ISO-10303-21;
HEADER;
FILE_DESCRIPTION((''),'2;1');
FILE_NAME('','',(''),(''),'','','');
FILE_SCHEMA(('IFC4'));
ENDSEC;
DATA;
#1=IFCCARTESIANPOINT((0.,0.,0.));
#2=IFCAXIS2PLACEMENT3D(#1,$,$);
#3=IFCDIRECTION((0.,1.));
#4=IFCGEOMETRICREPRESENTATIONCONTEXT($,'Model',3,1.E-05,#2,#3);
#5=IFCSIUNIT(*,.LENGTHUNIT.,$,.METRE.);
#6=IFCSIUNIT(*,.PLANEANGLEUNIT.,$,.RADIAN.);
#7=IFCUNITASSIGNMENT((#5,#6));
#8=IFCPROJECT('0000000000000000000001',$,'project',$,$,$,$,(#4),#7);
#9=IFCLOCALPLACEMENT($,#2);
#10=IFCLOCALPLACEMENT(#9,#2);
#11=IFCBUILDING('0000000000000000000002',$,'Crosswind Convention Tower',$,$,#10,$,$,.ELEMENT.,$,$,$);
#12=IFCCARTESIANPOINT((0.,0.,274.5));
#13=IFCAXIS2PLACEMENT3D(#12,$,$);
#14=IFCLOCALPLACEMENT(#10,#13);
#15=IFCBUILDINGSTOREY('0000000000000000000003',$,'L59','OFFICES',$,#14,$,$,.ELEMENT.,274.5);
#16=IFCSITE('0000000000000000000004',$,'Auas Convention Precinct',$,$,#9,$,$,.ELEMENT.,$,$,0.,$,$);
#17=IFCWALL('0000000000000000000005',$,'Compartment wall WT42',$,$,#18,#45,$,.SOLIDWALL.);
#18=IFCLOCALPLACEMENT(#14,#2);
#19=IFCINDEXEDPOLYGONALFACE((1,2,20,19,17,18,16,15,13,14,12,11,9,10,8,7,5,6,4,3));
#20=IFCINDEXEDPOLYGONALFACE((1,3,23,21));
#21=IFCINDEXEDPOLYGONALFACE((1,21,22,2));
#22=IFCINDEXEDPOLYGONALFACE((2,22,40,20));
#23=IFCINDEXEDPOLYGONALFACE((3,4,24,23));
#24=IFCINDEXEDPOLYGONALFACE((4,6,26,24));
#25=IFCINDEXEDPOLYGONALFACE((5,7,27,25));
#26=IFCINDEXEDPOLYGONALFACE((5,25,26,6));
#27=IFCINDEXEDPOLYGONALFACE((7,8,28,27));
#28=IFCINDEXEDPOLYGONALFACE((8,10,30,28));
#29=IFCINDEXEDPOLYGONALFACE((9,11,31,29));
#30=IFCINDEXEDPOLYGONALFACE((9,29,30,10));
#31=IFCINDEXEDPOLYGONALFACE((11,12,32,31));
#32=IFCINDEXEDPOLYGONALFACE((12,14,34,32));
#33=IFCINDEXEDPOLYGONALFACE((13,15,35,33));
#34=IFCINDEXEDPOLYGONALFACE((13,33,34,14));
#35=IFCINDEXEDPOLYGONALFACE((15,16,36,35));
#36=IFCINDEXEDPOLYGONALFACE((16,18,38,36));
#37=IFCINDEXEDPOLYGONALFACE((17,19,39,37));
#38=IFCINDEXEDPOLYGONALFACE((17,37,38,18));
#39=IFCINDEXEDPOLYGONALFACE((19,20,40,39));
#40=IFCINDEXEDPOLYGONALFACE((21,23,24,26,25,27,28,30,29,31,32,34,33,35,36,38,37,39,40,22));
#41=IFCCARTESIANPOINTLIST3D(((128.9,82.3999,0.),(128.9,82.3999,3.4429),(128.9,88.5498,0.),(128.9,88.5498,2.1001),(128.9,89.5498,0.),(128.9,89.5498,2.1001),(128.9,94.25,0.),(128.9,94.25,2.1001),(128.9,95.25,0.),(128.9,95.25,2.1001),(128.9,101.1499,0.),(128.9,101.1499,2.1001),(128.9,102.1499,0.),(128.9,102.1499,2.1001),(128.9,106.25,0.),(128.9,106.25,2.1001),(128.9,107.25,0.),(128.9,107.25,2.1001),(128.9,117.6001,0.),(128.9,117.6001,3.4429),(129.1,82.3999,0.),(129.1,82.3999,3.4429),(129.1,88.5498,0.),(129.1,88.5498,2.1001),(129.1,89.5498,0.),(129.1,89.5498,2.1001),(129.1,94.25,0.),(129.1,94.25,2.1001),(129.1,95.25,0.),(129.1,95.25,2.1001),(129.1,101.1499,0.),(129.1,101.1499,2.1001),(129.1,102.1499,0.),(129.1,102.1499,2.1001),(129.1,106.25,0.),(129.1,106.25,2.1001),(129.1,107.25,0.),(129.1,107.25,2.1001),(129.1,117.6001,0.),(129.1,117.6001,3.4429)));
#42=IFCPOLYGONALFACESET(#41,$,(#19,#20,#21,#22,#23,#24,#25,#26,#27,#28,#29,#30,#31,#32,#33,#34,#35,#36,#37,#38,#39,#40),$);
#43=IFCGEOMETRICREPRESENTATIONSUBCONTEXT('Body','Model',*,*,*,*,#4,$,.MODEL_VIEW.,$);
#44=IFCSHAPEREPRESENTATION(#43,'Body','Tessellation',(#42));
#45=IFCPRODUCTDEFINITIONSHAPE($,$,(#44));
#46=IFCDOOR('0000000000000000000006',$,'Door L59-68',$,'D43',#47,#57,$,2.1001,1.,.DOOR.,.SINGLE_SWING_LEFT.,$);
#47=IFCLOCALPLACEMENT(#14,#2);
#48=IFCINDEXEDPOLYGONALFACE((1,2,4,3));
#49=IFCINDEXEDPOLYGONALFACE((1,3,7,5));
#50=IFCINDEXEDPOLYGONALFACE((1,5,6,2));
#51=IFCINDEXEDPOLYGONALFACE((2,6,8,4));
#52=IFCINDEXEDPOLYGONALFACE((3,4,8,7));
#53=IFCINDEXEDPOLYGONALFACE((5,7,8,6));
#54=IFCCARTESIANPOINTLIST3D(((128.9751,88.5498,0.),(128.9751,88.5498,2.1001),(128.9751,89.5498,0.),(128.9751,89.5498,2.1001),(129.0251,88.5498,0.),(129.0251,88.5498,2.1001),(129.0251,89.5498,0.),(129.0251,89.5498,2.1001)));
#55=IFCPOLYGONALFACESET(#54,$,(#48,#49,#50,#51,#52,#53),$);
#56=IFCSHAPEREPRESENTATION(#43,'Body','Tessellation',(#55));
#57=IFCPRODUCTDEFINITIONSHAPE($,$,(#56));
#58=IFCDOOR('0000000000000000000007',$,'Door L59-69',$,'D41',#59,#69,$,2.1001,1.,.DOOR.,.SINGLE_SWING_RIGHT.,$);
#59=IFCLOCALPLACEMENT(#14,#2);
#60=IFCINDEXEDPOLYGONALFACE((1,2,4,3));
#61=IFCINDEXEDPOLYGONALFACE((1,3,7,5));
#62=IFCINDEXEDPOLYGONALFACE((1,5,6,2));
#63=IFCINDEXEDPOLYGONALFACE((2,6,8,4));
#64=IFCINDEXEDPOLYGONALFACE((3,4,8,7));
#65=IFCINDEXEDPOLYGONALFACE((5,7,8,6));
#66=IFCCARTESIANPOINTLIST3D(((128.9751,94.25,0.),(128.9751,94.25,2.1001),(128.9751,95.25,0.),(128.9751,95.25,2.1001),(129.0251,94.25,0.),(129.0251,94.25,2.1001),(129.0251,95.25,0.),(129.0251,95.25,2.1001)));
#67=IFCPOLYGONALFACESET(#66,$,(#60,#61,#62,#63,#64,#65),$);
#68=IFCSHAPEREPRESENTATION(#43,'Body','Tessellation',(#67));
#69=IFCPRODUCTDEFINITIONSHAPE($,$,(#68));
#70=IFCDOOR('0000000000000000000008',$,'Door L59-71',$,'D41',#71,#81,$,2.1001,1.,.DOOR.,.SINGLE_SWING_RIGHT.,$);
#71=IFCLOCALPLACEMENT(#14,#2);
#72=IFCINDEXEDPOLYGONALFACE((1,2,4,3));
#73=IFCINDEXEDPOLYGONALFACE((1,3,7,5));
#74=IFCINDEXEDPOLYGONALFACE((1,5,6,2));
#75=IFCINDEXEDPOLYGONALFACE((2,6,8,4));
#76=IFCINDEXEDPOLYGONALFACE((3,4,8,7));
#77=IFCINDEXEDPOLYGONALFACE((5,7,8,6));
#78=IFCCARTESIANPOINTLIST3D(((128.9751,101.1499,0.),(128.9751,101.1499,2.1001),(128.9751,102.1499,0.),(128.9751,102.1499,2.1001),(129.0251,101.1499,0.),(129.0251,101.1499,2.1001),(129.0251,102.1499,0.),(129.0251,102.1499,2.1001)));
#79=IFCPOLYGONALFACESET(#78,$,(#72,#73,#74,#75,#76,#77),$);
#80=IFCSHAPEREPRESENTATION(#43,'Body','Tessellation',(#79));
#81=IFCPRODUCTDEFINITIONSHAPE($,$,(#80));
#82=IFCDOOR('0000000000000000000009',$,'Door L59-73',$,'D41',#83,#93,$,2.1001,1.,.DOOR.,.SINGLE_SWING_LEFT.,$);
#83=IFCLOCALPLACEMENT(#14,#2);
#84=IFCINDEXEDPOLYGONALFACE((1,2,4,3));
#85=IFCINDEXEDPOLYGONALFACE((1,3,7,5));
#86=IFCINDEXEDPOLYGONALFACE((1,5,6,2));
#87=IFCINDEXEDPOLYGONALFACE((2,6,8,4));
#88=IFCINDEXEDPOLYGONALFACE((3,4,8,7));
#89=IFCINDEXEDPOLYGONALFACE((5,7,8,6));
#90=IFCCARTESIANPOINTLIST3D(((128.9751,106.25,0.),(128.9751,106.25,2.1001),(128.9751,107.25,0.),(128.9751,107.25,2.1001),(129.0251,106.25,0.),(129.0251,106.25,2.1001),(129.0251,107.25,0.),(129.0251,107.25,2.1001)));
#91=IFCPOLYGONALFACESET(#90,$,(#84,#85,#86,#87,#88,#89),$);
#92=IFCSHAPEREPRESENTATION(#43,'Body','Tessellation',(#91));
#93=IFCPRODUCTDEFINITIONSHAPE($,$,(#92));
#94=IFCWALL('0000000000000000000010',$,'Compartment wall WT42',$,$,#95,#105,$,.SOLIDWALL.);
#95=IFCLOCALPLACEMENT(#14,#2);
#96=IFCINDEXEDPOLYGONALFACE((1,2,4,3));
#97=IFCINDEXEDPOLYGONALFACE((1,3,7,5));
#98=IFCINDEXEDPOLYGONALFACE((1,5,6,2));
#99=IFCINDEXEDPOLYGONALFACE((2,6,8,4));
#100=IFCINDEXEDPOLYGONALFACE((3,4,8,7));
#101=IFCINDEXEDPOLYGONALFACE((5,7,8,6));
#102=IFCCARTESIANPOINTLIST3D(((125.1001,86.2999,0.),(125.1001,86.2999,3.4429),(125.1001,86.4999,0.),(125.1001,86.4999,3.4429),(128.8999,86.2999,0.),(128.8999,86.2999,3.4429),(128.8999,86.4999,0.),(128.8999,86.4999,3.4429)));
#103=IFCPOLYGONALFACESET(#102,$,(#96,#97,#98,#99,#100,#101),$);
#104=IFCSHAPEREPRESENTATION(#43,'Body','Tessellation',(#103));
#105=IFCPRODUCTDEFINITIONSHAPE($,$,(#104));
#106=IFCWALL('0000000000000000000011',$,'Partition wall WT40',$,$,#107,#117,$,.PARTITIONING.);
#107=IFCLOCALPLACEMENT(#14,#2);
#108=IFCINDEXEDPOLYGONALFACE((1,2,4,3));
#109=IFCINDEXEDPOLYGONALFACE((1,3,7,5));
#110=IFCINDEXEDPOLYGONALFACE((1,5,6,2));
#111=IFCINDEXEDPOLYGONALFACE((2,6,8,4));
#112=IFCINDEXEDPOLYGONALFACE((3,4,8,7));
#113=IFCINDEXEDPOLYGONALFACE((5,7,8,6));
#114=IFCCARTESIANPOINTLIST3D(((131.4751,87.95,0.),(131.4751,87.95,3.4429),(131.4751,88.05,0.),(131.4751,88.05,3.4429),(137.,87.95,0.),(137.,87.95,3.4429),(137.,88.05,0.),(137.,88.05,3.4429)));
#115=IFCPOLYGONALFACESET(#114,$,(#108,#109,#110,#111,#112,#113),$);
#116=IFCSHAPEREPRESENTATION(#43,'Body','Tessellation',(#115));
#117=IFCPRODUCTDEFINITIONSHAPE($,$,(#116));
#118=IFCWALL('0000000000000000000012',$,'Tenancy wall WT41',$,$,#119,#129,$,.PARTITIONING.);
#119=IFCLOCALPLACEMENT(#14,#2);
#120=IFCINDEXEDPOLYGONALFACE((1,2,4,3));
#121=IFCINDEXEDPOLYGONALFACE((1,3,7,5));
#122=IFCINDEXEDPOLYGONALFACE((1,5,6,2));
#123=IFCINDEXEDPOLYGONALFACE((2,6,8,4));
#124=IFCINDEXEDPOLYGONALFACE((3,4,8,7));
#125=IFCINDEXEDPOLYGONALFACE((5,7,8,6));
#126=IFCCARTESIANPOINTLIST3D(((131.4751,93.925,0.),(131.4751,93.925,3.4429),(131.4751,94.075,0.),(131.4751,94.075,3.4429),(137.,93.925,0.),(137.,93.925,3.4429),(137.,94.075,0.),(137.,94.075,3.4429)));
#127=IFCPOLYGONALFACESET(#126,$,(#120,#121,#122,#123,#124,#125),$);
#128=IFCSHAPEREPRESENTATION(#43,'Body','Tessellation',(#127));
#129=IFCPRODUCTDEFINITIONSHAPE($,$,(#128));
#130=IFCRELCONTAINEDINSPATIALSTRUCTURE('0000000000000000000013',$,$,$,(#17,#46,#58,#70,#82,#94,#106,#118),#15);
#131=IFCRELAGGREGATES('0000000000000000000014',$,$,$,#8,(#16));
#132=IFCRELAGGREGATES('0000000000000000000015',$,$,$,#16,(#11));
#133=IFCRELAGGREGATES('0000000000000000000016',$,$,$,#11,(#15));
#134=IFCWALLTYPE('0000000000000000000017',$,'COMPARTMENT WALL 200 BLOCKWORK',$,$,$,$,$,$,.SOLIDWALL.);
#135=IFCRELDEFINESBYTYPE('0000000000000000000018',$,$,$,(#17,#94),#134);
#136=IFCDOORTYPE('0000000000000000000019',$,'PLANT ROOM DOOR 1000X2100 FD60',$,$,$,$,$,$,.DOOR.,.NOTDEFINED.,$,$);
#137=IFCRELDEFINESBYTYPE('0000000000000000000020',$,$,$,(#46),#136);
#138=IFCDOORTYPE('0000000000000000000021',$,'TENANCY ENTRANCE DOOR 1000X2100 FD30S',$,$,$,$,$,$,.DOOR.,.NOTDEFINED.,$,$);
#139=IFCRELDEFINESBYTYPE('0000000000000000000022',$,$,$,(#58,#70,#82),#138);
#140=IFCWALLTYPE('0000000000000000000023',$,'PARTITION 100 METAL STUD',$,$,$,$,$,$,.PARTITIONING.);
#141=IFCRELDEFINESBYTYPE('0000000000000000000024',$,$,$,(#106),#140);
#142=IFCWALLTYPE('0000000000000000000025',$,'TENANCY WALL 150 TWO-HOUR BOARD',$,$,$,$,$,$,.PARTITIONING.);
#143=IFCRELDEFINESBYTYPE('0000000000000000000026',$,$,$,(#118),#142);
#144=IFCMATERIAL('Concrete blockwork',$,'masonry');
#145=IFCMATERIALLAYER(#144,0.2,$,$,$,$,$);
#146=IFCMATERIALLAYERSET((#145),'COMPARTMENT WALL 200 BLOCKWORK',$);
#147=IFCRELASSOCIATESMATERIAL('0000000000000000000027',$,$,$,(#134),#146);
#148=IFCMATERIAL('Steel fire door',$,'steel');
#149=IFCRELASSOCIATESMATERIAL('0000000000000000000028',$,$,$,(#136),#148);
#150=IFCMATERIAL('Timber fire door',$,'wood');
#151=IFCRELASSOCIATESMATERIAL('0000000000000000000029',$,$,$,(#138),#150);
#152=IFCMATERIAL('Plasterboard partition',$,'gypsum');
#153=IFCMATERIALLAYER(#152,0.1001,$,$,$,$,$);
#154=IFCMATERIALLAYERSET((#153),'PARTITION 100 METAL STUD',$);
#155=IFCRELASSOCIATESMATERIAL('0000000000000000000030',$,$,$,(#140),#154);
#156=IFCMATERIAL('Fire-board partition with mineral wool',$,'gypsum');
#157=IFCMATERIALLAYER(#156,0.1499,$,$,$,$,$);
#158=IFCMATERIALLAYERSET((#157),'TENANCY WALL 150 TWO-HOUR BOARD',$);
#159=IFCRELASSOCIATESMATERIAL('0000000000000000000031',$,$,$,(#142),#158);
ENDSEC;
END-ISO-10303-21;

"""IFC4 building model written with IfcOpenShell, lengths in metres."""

from ifc_helpers import new_model, si_unit, direction, frame, frame_2d, origin, place, context, subcontext, project, spatial, rectangle, extrude, material, layer, layer_set, type_object, element, fill, save


model = new_model("IFC4")

# Units and contexts
model_context = context("Model", 3, precision=1e-05, world=origin(), true_north=direction((0.0, 1.0)))
body_context = subcontext(model_context, "Body", "Model", "MODEL_VIEW")
ifc_project = project(units=[si_unit("LENGTHUNIT", "METRE"), si_unit("PLANEANGLEUNIT", "RADIAN")], contexts=[model_context])

# Site, building, storey
site_placement = place(None, origin())
site = spatial("IfcSite", under=ifc_project, at=site_placement, Name="Auas Convention Precinct", CompositionType="ELEMENT", RefElevation=0.0)
building_placement = place(site_placement, origin())
building = spatial("IfcBuilding", under=site, at=building_placement, Name="Crosswind Convention Tower", CompositionType="ELEMENT")
storey_placement = place(building_placement, frame((0.0, 0.0, 274.5)))
storey = spatial("IfcBuildingStorey", under=building, at=storey_placement, Name="L59", Description="OFFICES", CompositionType="ELEMENT", Elevation=274.5)

# Shared definitions
ifc_material_1 = material(Name="Concrete blockwork", Category="masonry")
ifc_layer_1 = layer(ifc_material_1, 0.2)
ifc_layer_set_1 = layer_set([ifc_layer_1], Name="COMPARTMENT WALL 200 BLOCKWORK")
wall_type_1 = type_object("IfcWallType", Name="COMPARTMENT WALL 200 BLOCKWORK", PredefinedType="SOLIDWALL", material=ifc_layer_set_1)

# Wall, openings, doors
wall_1_placement = place(storey_placement, frame((129.0, 82.3999, 0.0), z_axis=(0.0, 0.0, 1.0), x_axis=(0.0, 1.0, 0.0)))
wall_1 = element("IfcWall", 1, at=wall_1_placement, inside=storey, type_object=wall_type_1, Name="Compartment wall WT42", PredefinedType="SOLIDWALL", context=body_context, shape_type="SweptSolid", body=[
    extrude(rectangle(XDim=35.2002, YDim=0.2, at=frame_2d((17.6001, 0.0))), origin(), (0.0, 0.0, 1.0), 3.4429),
])
opening_1_placement = place(wall_1_placement, frame((6.1499, 0.0, 0.0)))
opening_1 = element("IfcOpeningElement", 2, at=opening_1_placement, cuts=wall_1, PredefinedType="OPENING", context=body_context, shape_type="SweptSolid", body=[
    extrude(rectangle(XDim=1.0, YDim=2.1001, at=frame_2d((0.5, 1.05))), frame((0.0, 0.1099, 0.0), z_axis=(0.0, -1.0, 0.0), x_axis=(1.0, 0.0, 0.0)), (0.0, 0.0, 1.0), 0.22),
])
opening_2_placement = place(wall_1_placement, frame((11.8501, 0.0, 0.0)))
opening_2 = element("IfcOpeningElement", 3, at=opening_2_placement, cuts=wall_1, PredefinedType="OPENING", context=body_context, shape_type="SweptSolid", body=[
    extrude(rectangle(XDim=1.0, YDim=2.1001, at=frame_2d((0.5, 1.05))), frame((0.0, 0.1099, 0.0), z_axis=(0.0, -1.0, 0.0), x_axis=(1.0, 0.0, 0.0)), (0.0, 0.0, 1.0), 0.22),
])
opening_3_placement = place(wall_1_placement, frame((18.75, 0.0, 0.0)))
opening_3 = element("IfcOpeningElement", 4, at=opening_3_placement, cuts=wall_1, PredefinedType="OPENING", context=body_context, shape_type="SweptSolid", body=[
    extrude(rectangle(XDim=1.0, YDim=2.1001, at=frame_2d((0.5, 1.05))), frame((0.0, 0.1099, 0.0), z_axis=(0.0, -1.0, 0.0), x_axis=(1.0, 0.0, 0.0)), (0.0, 0.0, 1.0), 0.22),
])
opening_4_placement = place(wall_1_placement, frame((23.8501, 0.0, 0.0)))
opening_4 = element("IfcOpeningElement", 5, at=opening_4_placement, cuts=wall_1, PredefinedType="OPENING", context=body_context, shape_type="SweptSolid", body=[
    extrude(rectangle(XDim=1.0, YDim=2.1001, at=frame_2d((0.5, 1.05))), frame((0.0, 0.1099, 0.0), z_axis=(0.0, -1.0, 0.0), x_axis=(1.0, 0.0, 0.0)), (0.0, 0.0, 1.0), 0.22),
])
ifc_material_2 = material(Name="Steel fire door", Category="steel")
door_type_1 = type_object("IfcDoorType", Name="PLANT ROOM DOOR 1000X2100 FD60", OperationType="NOTDEFINED", PredefinedType="DOOR", material=ifc_material_2)
door_1_placement = place(opening_1_placement, origin())
door_1 = element("IfcDoor", 6, at=door_1_placement, inside=storey, type_object=door_type_1, Name="Door L59-68", ObjectType="D43", OperationType="SINGLE_SWING_LEFT", OverallHeight=2.1001, OverallWidth=1.0, PredefinedType="DOOR", context=body_context, shape_type="SweptSolid", body=[
    extrude(rectangle(XDim=1.0, YDim=2.1001, at=frame_2d((0.5, 1.05))), frame((0.0, 0.0249, 0.0), z_axis=(0.0, -1.0, 0.0), x_axis=(1.0, 0.0, 0.0)), (0.0, 0.0, 1.0), 0.05),
])
fill(opening_1, door_1)
ifc_material_3 = material(Name="Timber fire door", Category="wood")
door_type_2 = type_object("IfcDoorType", Name="TENANCY ENTRANCE DOOR 1000X2100 FD30S", OperationType="NOTDEFINED", PredefinedType="DOOR", material=ifc_material_3)
door_2_placement = place(opening_2_placement, origin())
door_2 = element("IfcDoor", 7, at=door_2_placement, inside=storey, type_object=door_type_2, Name="Door L59-69", ObjectType="D41", OperationType="SINGLE_SWING_RIGHT", OverallHeight=2.1001, OverallWidth=1.0, PredefinedType="DOOR", context=body_context, shape_type="SweptSolid", body=[
    extrude(rectangle(XDim=1.0, YDim=2.1001, at=frame_2d((0.5, 1.05))), frame((0.0, 0.0249, 0.0), z_axis=(0.0, -1.0, 0.0), x_axis=(1.0, 0.0, 0.0)), (0.0, 0.0, 1.0), 0.05),
])
fill(opening_2, door_2)
door_3_placement = place(opening_3_placement, origin())
door_3 = element("IfcDoor", 8, at=door_3_placement, inside=storey, type_object=door_type_2, Name="Door L59-71", ObjectType="D41", OperationType="SINGLE_SWING_RIGHT", OverallHeight=2.1001, OverallWidth=1.0, PredefinedType="DOOR", context=body_context, shape_type="SweptSolid", body=[
    extrude(rectangle(XDim=1.0, YDim=2.1001, at=frame_2d((0.5, 1.05))), frame((0.0, 0.0249, 0.0), z_axis=(0.0, -1.0, 0.0), x_axis=(1.0, 0.0, 0.0)), (0.0, 0.0, 1.0), 0.05),
])
fill(opening_3, door_3)
door_4_placement = place(opening_4_placement, origin())
door_4 = element("IfcDoor", 9, at=door_4_placement, inside=storey, type_object=door_type_2, Name="Door L59-73", ObjectType="D41", OperationType="SINGLE_SWING_LEFT", OverallHeight=2.1001, OverallWidth=1.0, PredefinedType="DOOR", context=body_context, shape_type="SweptSolid", body=[
    extrude(rectangle(XDim=1.0, YDim=2.1001, at=frame_2d((0.5, 1.05))), frame((0.0, 0.0249, 0.0), z_axis=(0.0, -1.0, 0.0), x_axis=(1.0, 0.0, 0.0)), (0.0, 0.0, 1.0), 0.05),
])
fill(opening_4, door_4)

# Walls
wall_2_placement = place(storey_placement, frame((125.1001, 86.3999, 0.0), z_axis=(0.0, 0.0, 1.0), x_axis=(1.0, 0.0, 0.0)))
element("IfcWall", 10, at=wall_2_placement, inside=storey, type_object=wall_type_1, Name="Compartment wall WT42", PredefinedType="SOLIDWALL", context=body_context, shape_type="SweptSolid", body=[
    extrude(rectangle(XDim=3.7998, YDim=0.2, at=frame_2d((1.8999, 0.0))), origin(), (0.0, 0.0, 1.0), 3.4429),
])
ifc_material_4 = material(Name="Plasterboard partition", Category="gypsum")
ifc_layer_2 = layer(ifc_material_4, 0.1001)
ifc_layer_set_2 = layer_set([ifc_layer_2], Name="PARTITION 100 METAL STUD")
wall_type_2 = type_object("IfcWallType", Name="PARTITION 100 METAL STUD", PredefinedType="PARTITIONING", material=ifc_layer_set_2)
wall_3_placement = place(storey_placement, frame((131.4751, 88.0, 0.0), z_axis=(0.0, 0.0, 1.0), x_axis=(1.0, 0.0, 0.0)))
element("IfcWall", 11, at=wall_3_placement, inside=storey, type_object=wall_type_2, Name="Partition wall WT40", PredefinedType="PARTITIONING", context=body_context, shape_type="SweptSolid", body=[
    extrude(rectangle(XDim=5.5249, YDim=0.1001, at=frame_2d((2.7625, 0.0))), origin(), (0.0, 0.0, 1.0), 3.4429),
])
ifc_material_5 = material(Name="Fire-board partition with mineral wool", Category="gypsum")
ifc_layer_3 = layer(ifc_material_5, 0.1499)
ifc_layer_set_3 = layer_set([ifc_layer_3], Name="TENANCY WALL 150 TWO-HOUR BOARD")
wall_type_3 = type_object("IfcWallType", Name="TENANCY WALL 150 TWO-HOUR BOARD", PredefinedType="PARTITIONING", material=ifc_layer_set_3)
wall_4_placement = place(storey_placement, frame((131.4751, 94.0, 0.0), z_axis=(0.0, 0.0, 1.0), x_axis=(1.0, 0.0, 0.0)))
element("IfcWall", 12, at=wall_4_placement, inside=storey, type_object=wall_type_3, Name="Tenancy wall WT41", PredefinedType="PARTITIONING", context=body_context, shape_type="SweptSolid", body=[
    extrude(rectangle(XDim=5.5249, YDim=0.1499, at=frame_2d((2.7625, 0.0))), origin(), (0.0, 0.0, 1.0), 3.4429),
])

save(model, "model.ifc")
